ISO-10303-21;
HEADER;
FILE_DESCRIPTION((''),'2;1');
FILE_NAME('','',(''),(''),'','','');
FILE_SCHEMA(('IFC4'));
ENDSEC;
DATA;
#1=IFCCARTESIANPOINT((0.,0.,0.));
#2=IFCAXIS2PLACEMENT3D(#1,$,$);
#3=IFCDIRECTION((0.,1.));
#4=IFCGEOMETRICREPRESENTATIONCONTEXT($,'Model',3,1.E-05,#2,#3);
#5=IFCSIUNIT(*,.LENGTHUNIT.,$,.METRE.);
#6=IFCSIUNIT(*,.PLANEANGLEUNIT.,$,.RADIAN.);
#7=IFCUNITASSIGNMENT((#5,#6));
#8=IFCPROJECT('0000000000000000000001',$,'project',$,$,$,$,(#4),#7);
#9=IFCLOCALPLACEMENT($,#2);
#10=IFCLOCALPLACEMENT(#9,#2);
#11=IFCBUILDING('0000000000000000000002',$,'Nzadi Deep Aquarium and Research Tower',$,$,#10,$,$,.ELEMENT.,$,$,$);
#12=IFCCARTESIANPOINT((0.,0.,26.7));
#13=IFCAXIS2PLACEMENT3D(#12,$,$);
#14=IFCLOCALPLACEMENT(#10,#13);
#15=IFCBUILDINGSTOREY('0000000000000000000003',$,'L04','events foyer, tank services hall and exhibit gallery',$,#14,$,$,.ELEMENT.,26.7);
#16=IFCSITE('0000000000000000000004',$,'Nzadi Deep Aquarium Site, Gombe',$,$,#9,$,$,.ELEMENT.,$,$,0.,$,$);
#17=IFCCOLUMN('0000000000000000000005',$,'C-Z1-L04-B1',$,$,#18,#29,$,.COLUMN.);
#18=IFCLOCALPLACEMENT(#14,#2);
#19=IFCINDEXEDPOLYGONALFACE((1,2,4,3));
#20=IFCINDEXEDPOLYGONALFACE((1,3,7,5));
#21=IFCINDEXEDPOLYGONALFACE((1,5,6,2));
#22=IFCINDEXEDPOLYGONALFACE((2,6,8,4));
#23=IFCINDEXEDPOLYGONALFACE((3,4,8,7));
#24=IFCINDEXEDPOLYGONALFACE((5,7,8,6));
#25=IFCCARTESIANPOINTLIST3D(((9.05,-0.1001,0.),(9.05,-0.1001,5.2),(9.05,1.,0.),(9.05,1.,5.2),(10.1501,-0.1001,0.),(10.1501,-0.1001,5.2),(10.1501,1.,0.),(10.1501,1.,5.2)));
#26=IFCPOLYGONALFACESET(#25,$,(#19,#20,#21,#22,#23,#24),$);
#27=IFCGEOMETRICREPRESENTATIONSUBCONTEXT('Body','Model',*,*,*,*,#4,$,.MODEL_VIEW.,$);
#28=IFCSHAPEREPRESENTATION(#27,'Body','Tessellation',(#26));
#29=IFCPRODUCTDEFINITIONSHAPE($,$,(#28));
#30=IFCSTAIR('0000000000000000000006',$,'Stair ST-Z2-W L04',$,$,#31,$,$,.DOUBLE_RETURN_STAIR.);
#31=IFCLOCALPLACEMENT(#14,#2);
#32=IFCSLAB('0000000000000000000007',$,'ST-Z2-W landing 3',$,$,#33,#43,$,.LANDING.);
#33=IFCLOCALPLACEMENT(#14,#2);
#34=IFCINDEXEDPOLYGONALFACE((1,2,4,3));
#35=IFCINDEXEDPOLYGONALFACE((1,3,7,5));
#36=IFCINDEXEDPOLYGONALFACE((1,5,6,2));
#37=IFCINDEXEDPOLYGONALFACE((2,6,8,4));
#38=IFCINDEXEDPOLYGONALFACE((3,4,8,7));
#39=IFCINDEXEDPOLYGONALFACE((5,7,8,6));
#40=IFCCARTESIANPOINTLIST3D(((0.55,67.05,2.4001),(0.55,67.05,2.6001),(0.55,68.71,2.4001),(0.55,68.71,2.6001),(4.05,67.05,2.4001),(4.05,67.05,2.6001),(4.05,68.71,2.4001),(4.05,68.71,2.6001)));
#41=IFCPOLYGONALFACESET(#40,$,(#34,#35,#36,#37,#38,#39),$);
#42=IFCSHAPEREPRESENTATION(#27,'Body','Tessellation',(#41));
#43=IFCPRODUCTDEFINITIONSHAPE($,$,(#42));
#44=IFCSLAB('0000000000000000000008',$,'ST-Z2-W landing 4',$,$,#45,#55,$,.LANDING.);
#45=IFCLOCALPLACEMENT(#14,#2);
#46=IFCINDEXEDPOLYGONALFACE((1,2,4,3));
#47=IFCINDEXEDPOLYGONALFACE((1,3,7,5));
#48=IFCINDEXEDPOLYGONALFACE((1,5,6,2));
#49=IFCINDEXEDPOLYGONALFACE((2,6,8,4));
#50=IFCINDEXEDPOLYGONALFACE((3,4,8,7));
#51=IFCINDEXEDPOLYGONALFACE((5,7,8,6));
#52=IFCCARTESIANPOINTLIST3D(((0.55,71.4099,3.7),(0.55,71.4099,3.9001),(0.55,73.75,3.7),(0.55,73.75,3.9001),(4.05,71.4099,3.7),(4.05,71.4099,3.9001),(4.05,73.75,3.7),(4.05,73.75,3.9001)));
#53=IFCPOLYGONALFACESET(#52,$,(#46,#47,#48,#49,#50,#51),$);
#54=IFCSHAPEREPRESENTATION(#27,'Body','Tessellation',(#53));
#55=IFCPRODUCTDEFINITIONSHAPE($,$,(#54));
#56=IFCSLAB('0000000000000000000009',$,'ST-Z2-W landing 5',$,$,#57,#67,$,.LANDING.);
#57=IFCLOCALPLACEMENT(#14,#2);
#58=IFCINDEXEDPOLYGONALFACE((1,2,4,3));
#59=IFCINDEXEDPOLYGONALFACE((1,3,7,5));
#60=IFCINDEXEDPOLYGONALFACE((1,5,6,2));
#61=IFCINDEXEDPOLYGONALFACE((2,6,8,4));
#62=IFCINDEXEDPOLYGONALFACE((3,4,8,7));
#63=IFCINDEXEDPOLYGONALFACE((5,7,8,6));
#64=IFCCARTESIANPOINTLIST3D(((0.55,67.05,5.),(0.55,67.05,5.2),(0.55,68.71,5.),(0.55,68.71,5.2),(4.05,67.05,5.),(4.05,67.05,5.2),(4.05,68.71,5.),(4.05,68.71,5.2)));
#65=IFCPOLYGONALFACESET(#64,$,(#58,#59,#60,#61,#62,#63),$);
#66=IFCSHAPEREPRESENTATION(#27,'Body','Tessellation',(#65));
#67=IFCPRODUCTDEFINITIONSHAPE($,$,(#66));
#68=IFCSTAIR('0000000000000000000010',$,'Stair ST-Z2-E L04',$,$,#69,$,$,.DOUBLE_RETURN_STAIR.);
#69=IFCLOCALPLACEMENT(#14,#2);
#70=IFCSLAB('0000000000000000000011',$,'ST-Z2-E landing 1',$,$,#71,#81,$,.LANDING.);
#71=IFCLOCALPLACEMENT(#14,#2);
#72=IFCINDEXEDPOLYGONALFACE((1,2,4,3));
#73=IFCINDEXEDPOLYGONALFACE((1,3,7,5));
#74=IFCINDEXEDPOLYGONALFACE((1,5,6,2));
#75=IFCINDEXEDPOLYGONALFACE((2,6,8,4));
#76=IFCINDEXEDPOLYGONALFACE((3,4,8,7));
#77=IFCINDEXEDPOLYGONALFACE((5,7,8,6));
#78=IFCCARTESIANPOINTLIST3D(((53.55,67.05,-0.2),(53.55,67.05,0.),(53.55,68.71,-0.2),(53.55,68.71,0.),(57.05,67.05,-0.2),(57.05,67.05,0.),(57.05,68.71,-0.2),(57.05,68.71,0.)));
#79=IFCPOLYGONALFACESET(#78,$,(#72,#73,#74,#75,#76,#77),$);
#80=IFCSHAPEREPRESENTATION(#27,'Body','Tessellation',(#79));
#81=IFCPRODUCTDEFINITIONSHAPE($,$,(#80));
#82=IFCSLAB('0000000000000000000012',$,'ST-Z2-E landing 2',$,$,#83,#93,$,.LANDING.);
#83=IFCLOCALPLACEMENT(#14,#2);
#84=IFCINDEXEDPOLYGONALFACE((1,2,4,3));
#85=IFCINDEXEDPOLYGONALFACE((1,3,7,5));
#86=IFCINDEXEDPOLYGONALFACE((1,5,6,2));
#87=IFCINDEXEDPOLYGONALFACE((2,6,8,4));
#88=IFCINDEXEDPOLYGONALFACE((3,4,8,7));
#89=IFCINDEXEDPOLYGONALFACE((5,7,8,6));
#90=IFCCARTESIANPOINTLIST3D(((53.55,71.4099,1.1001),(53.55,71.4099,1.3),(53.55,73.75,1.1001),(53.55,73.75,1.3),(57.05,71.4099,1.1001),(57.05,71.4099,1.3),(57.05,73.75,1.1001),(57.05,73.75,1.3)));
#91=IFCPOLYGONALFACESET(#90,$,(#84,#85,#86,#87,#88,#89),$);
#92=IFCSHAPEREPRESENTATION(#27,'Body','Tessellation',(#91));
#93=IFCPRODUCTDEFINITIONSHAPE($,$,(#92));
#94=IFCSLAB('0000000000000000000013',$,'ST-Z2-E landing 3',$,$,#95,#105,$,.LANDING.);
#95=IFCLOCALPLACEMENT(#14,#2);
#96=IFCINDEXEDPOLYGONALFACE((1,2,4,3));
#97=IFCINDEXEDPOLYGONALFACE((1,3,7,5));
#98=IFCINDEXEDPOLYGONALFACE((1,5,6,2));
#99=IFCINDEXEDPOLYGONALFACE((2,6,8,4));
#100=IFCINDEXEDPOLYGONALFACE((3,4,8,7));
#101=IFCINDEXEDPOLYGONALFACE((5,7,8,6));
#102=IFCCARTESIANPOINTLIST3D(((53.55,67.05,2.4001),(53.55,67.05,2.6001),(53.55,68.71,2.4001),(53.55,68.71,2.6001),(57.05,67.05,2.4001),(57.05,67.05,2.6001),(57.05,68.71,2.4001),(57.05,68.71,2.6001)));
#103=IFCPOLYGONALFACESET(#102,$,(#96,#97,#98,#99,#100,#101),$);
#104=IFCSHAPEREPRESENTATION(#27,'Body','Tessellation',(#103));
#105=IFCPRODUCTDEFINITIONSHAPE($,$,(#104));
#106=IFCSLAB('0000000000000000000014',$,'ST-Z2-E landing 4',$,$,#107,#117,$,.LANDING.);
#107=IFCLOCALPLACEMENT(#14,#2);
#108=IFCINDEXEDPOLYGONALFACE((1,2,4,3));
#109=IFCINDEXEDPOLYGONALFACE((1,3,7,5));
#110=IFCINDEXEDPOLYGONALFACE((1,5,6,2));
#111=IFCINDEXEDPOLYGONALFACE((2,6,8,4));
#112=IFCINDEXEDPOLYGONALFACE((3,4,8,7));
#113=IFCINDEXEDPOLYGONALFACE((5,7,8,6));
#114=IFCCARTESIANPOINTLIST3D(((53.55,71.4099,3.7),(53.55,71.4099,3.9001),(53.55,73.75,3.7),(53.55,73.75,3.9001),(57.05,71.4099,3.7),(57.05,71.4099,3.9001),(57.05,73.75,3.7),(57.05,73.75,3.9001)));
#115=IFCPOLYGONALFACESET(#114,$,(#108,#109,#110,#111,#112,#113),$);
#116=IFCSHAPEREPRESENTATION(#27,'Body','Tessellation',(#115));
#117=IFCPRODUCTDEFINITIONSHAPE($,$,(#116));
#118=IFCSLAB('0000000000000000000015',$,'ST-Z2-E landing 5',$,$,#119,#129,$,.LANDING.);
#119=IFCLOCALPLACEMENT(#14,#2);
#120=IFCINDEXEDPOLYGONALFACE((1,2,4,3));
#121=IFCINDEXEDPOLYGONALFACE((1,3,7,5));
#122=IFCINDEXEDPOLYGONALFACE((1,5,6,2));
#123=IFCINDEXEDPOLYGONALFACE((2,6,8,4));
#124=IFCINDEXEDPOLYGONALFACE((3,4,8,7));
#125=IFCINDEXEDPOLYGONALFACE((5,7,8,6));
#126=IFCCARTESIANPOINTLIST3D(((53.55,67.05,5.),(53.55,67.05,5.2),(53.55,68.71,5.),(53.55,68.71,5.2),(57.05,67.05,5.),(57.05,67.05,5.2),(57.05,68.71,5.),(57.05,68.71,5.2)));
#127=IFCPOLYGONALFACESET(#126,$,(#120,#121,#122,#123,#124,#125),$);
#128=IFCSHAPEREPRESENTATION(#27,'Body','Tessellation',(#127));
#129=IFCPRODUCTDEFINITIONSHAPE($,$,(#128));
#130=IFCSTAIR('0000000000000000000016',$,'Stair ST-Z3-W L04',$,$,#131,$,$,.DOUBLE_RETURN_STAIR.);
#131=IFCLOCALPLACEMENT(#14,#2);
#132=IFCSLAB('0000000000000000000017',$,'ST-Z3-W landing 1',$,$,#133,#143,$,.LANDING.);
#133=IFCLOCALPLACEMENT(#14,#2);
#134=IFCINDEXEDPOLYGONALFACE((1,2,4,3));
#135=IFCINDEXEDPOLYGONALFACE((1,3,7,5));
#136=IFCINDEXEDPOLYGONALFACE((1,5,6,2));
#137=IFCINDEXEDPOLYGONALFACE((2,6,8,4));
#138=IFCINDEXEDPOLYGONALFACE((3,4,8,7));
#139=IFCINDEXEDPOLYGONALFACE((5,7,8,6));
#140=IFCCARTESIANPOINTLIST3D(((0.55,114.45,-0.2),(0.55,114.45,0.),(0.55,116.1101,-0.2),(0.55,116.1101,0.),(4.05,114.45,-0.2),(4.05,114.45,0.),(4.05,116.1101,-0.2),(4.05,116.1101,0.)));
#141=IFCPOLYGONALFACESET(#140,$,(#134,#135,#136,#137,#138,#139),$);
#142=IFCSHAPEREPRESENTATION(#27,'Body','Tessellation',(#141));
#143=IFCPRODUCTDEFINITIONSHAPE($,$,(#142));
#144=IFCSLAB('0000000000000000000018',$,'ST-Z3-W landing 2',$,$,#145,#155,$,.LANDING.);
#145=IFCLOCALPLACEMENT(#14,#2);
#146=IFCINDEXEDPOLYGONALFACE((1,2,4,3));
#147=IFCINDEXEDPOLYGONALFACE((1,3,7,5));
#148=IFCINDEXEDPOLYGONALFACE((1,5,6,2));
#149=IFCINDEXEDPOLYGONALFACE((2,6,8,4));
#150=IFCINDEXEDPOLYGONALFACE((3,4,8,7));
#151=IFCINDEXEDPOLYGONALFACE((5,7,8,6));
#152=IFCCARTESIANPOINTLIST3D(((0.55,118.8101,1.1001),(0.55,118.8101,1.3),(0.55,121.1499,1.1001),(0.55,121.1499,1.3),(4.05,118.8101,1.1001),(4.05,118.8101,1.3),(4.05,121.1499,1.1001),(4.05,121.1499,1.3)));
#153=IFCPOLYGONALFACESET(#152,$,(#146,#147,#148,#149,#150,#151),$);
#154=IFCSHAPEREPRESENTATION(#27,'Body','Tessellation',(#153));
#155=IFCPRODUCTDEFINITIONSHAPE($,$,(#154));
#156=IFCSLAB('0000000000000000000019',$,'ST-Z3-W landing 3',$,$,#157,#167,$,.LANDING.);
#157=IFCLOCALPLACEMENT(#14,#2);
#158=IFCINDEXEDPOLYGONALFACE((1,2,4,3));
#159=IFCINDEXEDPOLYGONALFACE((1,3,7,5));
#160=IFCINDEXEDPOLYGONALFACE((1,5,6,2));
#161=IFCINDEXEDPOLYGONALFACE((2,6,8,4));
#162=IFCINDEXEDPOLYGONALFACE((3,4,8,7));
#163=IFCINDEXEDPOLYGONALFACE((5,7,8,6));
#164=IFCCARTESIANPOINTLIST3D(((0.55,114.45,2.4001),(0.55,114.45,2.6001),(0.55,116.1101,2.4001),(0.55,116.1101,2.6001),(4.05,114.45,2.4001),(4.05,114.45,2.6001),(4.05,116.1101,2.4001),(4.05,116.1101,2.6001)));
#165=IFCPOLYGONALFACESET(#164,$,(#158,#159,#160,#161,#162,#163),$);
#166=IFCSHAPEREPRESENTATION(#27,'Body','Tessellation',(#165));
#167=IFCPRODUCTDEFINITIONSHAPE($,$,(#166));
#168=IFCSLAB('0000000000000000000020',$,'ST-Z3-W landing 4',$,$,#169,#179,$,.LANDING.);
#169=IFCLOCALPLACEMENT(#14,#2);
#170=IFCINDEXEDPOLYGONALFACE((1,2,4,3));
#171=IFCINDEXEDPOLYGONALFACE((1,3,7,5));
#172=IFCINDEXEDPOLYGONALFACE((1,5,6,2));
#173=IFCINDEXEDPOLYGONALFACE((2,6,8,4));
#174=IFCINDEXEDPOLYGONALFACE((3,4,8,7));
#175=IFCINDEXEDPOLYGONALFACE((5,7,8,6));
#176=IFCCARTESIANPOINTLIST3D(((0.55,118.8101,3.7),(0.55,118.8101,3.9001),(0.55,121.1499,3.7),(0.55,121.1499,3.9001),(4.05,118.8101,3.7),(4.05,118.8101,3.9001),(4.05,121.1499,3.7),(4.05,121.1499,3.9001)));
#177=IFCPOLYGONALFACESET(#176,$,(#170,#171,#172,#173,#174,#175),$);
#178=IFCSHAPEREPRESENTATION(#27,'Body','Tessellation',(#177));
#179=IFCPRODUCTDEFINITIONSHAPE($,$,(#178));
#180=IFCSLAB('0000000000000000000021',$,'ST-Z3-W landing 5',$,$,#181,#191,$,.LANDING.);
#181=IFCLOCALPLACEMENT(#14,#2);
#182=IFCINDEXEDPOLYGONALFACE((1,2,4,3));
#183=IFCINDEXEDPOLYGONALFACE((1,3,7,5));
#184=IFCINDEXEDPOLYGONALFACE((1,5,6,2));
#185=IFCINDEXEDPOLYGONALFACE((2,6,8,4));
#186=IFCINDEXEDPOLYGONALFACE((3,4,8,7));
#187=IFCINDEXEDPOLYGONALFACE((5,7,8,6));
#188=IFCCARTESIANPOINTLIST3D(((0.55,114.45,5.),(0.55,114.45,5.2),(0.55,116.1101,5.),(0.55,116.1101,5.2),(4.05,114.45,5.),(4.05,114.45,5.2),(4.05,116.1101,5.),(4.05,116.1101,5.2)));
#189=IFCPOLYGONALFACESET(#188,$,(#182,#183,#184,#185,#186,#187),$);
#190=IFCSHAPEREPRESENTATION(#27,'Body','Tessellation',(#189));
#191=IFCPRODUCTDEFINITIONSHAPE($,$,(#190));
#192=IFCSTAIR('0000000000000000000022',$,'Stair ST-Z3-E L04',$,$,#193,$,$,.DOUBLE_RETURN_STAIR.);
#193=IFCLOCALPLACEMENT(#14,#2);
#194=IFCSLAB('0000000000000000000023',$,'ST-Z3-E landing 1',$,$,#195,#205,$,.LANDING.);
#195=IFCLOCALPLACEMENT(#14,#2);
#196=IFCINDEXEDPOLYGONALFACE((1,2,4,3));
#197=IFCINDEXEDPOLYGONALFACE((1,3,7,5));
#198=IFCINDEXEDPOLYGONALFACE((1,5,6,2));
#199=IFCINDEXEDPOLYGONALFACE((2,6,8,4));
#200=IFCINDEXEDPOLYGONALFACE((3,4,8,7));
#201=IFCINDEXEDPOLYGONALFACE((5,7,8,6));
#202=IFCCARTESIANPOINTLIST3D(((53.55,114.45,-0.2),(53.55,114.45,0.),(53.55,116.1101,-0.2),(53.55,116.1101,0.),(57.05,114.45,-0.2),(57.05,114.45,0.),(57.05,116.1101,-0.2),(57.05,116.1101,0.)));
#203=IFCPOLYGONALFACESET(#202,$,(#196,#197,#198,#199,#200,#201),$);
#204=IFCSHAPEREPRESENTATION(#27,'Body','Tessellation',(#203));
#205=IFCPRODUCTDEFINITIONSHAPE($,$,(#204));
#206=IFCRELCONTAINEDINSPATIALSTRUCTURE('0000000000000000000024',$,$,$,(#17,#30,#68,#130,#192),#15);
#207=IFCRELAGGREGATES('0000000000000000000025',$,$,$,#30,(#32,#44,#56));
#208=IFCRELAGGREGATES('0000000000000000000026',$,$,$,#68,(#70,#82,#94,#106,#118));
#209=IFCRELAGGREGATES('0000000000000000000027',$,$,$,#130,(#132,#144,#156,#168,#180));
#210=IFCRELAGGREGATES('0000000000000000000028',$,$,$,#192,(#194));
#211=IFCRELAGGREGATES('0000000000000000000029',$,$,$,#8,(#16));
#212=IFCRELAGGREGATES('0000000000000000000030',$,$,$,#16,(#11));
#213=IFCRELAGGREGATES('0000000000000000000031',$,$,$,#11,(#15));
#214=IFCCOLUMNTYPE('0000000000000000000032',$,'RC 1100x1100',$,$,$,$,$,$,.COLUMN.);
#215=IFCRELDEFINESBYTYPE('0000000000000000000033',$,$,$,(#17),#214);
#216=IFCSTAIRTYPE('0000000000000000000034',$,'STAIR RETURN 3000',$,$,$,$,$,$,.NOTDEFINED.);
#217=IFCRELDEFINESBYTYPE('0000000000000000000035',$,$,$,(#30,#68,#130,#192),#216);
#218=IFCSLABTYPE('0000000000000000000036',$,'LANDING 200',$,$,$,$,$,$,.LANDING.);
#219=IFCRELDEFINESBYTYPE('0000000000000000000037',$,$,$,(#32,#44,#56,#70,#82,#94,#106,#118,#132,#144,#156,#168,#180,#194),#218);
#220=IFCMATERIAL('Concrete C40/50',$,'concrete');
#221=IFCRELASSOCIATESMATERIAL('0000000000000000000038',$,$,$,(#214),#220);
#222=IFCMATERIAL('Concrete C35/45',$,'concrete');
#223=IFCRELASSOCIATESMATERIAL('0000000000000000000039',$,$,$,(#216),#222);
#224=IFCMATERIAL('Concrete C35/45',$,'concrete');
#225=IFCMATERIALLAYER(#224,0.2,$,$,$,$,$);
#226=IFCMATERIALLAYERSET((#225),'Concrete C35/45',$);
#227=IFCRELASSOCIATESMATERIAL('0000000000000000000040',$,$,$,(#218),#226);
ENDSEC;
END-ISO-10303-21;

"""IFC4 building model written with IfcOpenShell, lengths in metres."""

from ifc_helpers import new_model, si_unit, direction, frame, origin, origin_2d, place, context, subcontext, project, spatial, polyline, rectangle, outline, extrude, material, layer, layer_set, material_profile, profile_set, type_object, element, aggregate, save


model = new_model("IFC4")

# Units and contexts
model_context = context("Model", 3, precision=1e-05, world=origin(), true_north=direction((0.0, 1.0)))
body_context = subcontext(model_context, "Body", "Model", "MODEL_VIEW")
ifc_project = project(units=[si_unit("LENGTHUNIT", "METRE"), si_unit("PLANEANGLEUNIT", "RADIAN")], contexts=[model_context])

# Site, building, storey
site_placement = place(None, origin())
site = spatial("IfcSite", under=ifc_project, at=site_placement, Name="Nzadi Deep Aquarium Site, Gombe", CompositionType="ELEMENT", RefElevation=0.0)
building_placement = place(site_placement, origin())
building = spatial("IfcBuilding", under=site, at=building_placement, Name="Nzadi Deep Aquarium and Research Tower", CompositionType="ELEMENT")
storey_placement = place(building_placement, frame((0.0, 0.0, 26.7)))
storey = spatial("IfcBuildingStorey", under=building, at=storey_placement, Name="L04", Description="events foyer, tank services hall and exhibit gallery", CompositionType="ELEMENT", Elevation=26.7)

# Column
ifc_material_1 = material(Name="Concrete C40/50", Category="concrete")
ifc_material_profile = material_profile(ifc_material_1, rectangle(XDim=1.1001, YDim=1.1001, at=origin_2d()))
ifc_profile_set = profile_set([ifc_material_profile], Name="Concrete C40/50")
column_type = type_object("IfcColumnType", Name="RC 1100x1100", PredefinedType="COLUMN", material=ifc_profile_set)
column_placement = place(storey_placement, frame((9.6001, 0.45, 0.0), z_axis=(0.0, 0.0, 1.0), x_axis=(1.0, 0.0, 0.0)))
element("IfcColumn", 1, at=column_placement, inside=storey, type_object=column_type, Name="C-Z1-L04-B1", PredefinedType="COLUMN", context=body_context, shape_type="SweptSolid", body=[
    extrude(rectangle(XDim=1.1001, YDim=1.1001, at=origin_2d()), origin(), (0.0, 0.0, 1.0), 5.2),
])

# Stairs, slabs
ifc_material_2 = material(Name="Concrete C35/45", Category="concrete")
stair_type = type_object("IfcStairType", Name="STAIR RETURN 3000", PredefinedType="NOTDEFINED", material=ifc_material_2)
stair_1_placement = place(storey_placement, origin())
stair_1 = element("IfcStair", 2, at=stair_1_placement, inside=storey, type_object=stair_type, Name="Stair ST-Z2-W L04", PredefinedType="DOUBLE_RETURN_STAIR")
ifc_material_3 = material(Name="Concrete C35/45", Category="concrete")
ifc_layer_1 = layer(ifc_material_3, 0.2)
ifc_layer_set_1 = layer_set([ifc_layer_1], Name="Concrete C35/45")
slab_type = type_object("IfcSlabType", Name="LANDING 200", PredefinedType="LANDING", material=ifc_layer_set_1)
slab_1_placement = place(storey_placement, frame((0.0, 0.0, 2.4001)))
slab_1 = element("IfcSlab", 3, at=slab_1_placement, type_object=slab_type, Name="ST-Z2-W landing 3", PredefinedType="LANDING", context=body_context, shape_type="SweptSolid", body=[
    extrude(outline(polyline([(0.55, 67.05), (4.05, 67.05), (4.05, 68.71), (0.55, 68.71), (0.55, 67.05)])), origin(), (0.0, 0.0, 1.0), 0.2),
])
slab_2_placement = place(storey_placement, frame((0.0, 0.0, 3.7)))
slab_2 = element("IfcSlab", 4, at=slab_2_placement, type_object=slab_type, Name="ST-Z2-W landing 4", PredefinedType="LANDING", context=body_context, shape_type="SweptSolid", body=[
    extrude(outline(polyline([(0.55, 71.4099), (4.05, 71.4099), (4.05, 73.75), (0.55, 73.75), (0.55, 71.4099)])), origin(), (0.0, 0.0, 1.0), 0.2002),
])
slab_3_placement = place(storey_placement, frame((0.0, 0.0, 5.0)))
slab_3 = element("IfcSlab", 5, at=slab_3_placement, type_object=slab_type, Name="ST-Z2-W landing 5", PredefinedType="LANDING", context=body_context, shape_type="SweptSolid", body=[
    extrude(outline(polyline([(0.55, 67.05), (4.05, 67.05), (4.05, 68.71), (0.55, 68.71), (0.55, 67.05)])), origin(), (0.0, 0.0, 1.0), 0.2),
])
aggregate(stair_1, [slab_1, slab_2, slab_3])
stair_2_placement = place(storey_placement, origin())
stair_2 = element("IfcStair", 6, at=stair_2_placement, inside=storey, type_object=stair_type, Name="Stair ST-Z2-E L04", PredefinedType="DOUBLE_RETURN_STAIR")
slab_4_placement = place(storey_placement, frame((0.0, 0.0, -0.2)))
slab_4 = element("IfcSlab", 7, at=slab_4_placement, type_object=slab_type, Name="ST-Z2-E landing 1", PredefinedType="LANDING", context=body_context, shape_type="SweptSolid", body=[
    extrude(outline(polyline([(57.05, 68.71), (53.55, 68.71), (53.55, 67.05), (57.05, 67.05), (57.05, 68.71)])), origin(), (0.0, 0.0, 1.0), 0.2),
])
slab_5_placement = place(storey_placement, frame((0.0, 0.0, 1.1001)))
slab_5 = element("IfcSlab", 8, at=slab_5_placement, type_object=slab_type, Name="ST-Z2-E landing 2", PredefinedType="LANDING", context=body_context, shape_type="SweptSolid", body=[
    extrude(outline(polyline([(57.05, 73.75), (53.55, 73.75), (53.55, 71.4099), (57.05, 71.4099), (57.05, 73.75)])), origin(), (0.0, 0.0, 1.0), 0.2),
])
slab_6_placement = place(storey_placement, frame((0.0, 0.0, 2.4001)))
slab_6 = element("IfcSlab", 9, at=slab_6_placement, type_object=slab_type, Name="ST-Z2-E landing 3", PredefinedType="LANDING", context=body_context, shape_type="SweptSolid", body=[
    extrude(outline(polyline([(57.05, 68.71), (53.55, 68.71), (53.55, 67.05), (57.05, 67.05), (57.05, 68.71)])), origin(), (0.0, 0.0, 1.0), 0.2),
])
slab_7_placement = place(storey_placement, frame((0.0, 0.0, 3.7)))
slab_7 = element("IfcSlab", 10, at=slab_7_placement, type_object=slab_type, Name="ST-Z2-E landing 4", PredefinedType="LANDING", context=body_context, shape_type="SweptSolid", body=[
    extrude(outline(polyline([(57.05, 73.75), (53.55, 73.75), (53.55, 71.4099), (57.05, 71.4099), (57.05, 73.75)])), origin(), (0.0, 0.0, 1.0), 0.2002),
])
slab_8_placement = place(storey_placement, frame((0.0, 0.0, 5.0)))
slab_8 = element("IfcSlab", 11, at=slab_8_placement, type_object=slab_type, Name="ST-Z2-E landing 5", PredefinedType="LANDING", context=body_context, shape_type="SweptSolid", body=[
    extrude(outline(polyline([(57.05, 68.71), (53.55, 68.71), (53.55, 67.05), (57.05, 67.05), (57.05, 68.71)])), origin(), (0.0, 0.0, 1.0), 0.2),
])
aggregate(stair_2, [slab_4, slab_5, slab_6, slab_7, slab_8])
stair_3_placement = place(storey_placement, origin())
stair_3 = element("IfcStair", 12, at=stair_3_placement, inside=storey, type_object=stair_type, Name="Stair ST-Z3-W L04", PredefinedType="DOUBLE_RETURN_STAIR")
slab_9_placement = place(storey_placement, frame((0.0, 0.0, -0.2)))
slab_9 = element("IfcSlab", 13, at=slab_9_placement, type_object=slab_type, Name="ST-Z3-W landing 1", PredefinedType="LANDING", context=body_context, shape_type="SweptSolid", body=[
    extrude(outline(polyline([(0.55, 114.45), (4.05, 114.45), (4.05, 116.1101), (0.55, 116.1101), (0.55, 114.45)])), origin(), (0.0, 0.0, 1.0), 0.2),
])
slab_10_placement = place(storey_placement, frame((0.0, 0.0, 1.1001)))
slab_10 = element("IfcSlab", 14, at=slab_10_placement, type_object=slab_type, Name="ST-Z3-W landing 2", PredefinedType="LANDING", context=body_context, shape_type="SweptSolid", body=[
    extrude(outline(polyline([(0.55, 118.8101), (4.05, 118.8101), (4.05, 121.1499), (0.55, 121.1499), (0.55, 118.8101)])), origin(), (0.0, 0.0, 1.0), 0.2),
])
slab_11_placement = place(storey_placement, frame((0.0, 0.0, 2.4001)))
slab_11 = element("IfcSlab", 15, at=slab_11_placement, type_object=slab_type, Name="ST-Z3-W landing 3", PredefinedType="LANDING", context=body_context, shape_type="SweptSolid", body=[
    extrude(outline(polyline([(0.55, 114.45), (4.05, 114.45), (4.05, 116.1101), (0.55, 116.1101), (0.55, 114.45)])), origin(), (0.0, 0.0, 1.0), 0.2),
])
slab_12_placement = place(storey_placement, frame((0.0, 0.0, 3.7)))
slab_12 = element("IfcSlab", 16, at=slab_12_placement, type_object=slab_type, Name="ST-Z3-W landing 4", PredefinedType="LANDING", context=body_context, shape_type="SweptSolid", body=[
    extrude(outline(polyline([(0.55, 118.8101), (4.05, 118.8101), (4.05, 121.1499), (0.55, 121.1499), (0.55, 118.8101)])), origin(), (0.0, 0.0, 1.0), 0.2002),
])
slab_13_placement = place(storey_placement, frame((0.0, 0.0, 5.0)))
slab_13 = element("IfcSlab", 17, at=slab_13_placement, type_object=slab_type, Name="ST-Z3-W landing 5", PredefinedType="LANDING", context=body_context, shape_type="SweptSolid", body=[
    extrude(outline(polyline([(0.55, 114.45), (4.05, 114.45), (4.05, 116.1101), (0.55, 116.1101), (0.55, 114.45)])), origin(), (0.0, 0.0, 1.0), 0.2),
])
aggregate(stair_3, [slab_9, slab_10, slab_11, slab_12, slab_13])
stair_4_placement = place(storey_placement, origin())
stair_4 = element("IfcStair", 18, at=stair_4_placement, inside=storey, type_object=stair_type, Name="Stair ST-Z3-E L04", PredefinedType="DOUBLE_RETURN_STAIR")
slab_14_placement = place(storey_placement, frame((0.0, 0.0, -0.2)))
slab_14 = element("IfcSlab", 19, at=slab_14_placement, type_object=slab_type, Name="ST-Z3-E landing 1", PredefinedType="LANDING", context=body_context, shape_type="SweptSolid", body=[
    extrude(outline(polyline([(57.05, 116.1101), (53.55, 116.1101), (53.55, 114.45), (57.05, 114.45), (57.05, 116.1101)])), origin(), (0.0, 0.0, 1.0), 0.2),
])
aggregate(stair_4, [slab_14])

save(model, "model.ifc")
